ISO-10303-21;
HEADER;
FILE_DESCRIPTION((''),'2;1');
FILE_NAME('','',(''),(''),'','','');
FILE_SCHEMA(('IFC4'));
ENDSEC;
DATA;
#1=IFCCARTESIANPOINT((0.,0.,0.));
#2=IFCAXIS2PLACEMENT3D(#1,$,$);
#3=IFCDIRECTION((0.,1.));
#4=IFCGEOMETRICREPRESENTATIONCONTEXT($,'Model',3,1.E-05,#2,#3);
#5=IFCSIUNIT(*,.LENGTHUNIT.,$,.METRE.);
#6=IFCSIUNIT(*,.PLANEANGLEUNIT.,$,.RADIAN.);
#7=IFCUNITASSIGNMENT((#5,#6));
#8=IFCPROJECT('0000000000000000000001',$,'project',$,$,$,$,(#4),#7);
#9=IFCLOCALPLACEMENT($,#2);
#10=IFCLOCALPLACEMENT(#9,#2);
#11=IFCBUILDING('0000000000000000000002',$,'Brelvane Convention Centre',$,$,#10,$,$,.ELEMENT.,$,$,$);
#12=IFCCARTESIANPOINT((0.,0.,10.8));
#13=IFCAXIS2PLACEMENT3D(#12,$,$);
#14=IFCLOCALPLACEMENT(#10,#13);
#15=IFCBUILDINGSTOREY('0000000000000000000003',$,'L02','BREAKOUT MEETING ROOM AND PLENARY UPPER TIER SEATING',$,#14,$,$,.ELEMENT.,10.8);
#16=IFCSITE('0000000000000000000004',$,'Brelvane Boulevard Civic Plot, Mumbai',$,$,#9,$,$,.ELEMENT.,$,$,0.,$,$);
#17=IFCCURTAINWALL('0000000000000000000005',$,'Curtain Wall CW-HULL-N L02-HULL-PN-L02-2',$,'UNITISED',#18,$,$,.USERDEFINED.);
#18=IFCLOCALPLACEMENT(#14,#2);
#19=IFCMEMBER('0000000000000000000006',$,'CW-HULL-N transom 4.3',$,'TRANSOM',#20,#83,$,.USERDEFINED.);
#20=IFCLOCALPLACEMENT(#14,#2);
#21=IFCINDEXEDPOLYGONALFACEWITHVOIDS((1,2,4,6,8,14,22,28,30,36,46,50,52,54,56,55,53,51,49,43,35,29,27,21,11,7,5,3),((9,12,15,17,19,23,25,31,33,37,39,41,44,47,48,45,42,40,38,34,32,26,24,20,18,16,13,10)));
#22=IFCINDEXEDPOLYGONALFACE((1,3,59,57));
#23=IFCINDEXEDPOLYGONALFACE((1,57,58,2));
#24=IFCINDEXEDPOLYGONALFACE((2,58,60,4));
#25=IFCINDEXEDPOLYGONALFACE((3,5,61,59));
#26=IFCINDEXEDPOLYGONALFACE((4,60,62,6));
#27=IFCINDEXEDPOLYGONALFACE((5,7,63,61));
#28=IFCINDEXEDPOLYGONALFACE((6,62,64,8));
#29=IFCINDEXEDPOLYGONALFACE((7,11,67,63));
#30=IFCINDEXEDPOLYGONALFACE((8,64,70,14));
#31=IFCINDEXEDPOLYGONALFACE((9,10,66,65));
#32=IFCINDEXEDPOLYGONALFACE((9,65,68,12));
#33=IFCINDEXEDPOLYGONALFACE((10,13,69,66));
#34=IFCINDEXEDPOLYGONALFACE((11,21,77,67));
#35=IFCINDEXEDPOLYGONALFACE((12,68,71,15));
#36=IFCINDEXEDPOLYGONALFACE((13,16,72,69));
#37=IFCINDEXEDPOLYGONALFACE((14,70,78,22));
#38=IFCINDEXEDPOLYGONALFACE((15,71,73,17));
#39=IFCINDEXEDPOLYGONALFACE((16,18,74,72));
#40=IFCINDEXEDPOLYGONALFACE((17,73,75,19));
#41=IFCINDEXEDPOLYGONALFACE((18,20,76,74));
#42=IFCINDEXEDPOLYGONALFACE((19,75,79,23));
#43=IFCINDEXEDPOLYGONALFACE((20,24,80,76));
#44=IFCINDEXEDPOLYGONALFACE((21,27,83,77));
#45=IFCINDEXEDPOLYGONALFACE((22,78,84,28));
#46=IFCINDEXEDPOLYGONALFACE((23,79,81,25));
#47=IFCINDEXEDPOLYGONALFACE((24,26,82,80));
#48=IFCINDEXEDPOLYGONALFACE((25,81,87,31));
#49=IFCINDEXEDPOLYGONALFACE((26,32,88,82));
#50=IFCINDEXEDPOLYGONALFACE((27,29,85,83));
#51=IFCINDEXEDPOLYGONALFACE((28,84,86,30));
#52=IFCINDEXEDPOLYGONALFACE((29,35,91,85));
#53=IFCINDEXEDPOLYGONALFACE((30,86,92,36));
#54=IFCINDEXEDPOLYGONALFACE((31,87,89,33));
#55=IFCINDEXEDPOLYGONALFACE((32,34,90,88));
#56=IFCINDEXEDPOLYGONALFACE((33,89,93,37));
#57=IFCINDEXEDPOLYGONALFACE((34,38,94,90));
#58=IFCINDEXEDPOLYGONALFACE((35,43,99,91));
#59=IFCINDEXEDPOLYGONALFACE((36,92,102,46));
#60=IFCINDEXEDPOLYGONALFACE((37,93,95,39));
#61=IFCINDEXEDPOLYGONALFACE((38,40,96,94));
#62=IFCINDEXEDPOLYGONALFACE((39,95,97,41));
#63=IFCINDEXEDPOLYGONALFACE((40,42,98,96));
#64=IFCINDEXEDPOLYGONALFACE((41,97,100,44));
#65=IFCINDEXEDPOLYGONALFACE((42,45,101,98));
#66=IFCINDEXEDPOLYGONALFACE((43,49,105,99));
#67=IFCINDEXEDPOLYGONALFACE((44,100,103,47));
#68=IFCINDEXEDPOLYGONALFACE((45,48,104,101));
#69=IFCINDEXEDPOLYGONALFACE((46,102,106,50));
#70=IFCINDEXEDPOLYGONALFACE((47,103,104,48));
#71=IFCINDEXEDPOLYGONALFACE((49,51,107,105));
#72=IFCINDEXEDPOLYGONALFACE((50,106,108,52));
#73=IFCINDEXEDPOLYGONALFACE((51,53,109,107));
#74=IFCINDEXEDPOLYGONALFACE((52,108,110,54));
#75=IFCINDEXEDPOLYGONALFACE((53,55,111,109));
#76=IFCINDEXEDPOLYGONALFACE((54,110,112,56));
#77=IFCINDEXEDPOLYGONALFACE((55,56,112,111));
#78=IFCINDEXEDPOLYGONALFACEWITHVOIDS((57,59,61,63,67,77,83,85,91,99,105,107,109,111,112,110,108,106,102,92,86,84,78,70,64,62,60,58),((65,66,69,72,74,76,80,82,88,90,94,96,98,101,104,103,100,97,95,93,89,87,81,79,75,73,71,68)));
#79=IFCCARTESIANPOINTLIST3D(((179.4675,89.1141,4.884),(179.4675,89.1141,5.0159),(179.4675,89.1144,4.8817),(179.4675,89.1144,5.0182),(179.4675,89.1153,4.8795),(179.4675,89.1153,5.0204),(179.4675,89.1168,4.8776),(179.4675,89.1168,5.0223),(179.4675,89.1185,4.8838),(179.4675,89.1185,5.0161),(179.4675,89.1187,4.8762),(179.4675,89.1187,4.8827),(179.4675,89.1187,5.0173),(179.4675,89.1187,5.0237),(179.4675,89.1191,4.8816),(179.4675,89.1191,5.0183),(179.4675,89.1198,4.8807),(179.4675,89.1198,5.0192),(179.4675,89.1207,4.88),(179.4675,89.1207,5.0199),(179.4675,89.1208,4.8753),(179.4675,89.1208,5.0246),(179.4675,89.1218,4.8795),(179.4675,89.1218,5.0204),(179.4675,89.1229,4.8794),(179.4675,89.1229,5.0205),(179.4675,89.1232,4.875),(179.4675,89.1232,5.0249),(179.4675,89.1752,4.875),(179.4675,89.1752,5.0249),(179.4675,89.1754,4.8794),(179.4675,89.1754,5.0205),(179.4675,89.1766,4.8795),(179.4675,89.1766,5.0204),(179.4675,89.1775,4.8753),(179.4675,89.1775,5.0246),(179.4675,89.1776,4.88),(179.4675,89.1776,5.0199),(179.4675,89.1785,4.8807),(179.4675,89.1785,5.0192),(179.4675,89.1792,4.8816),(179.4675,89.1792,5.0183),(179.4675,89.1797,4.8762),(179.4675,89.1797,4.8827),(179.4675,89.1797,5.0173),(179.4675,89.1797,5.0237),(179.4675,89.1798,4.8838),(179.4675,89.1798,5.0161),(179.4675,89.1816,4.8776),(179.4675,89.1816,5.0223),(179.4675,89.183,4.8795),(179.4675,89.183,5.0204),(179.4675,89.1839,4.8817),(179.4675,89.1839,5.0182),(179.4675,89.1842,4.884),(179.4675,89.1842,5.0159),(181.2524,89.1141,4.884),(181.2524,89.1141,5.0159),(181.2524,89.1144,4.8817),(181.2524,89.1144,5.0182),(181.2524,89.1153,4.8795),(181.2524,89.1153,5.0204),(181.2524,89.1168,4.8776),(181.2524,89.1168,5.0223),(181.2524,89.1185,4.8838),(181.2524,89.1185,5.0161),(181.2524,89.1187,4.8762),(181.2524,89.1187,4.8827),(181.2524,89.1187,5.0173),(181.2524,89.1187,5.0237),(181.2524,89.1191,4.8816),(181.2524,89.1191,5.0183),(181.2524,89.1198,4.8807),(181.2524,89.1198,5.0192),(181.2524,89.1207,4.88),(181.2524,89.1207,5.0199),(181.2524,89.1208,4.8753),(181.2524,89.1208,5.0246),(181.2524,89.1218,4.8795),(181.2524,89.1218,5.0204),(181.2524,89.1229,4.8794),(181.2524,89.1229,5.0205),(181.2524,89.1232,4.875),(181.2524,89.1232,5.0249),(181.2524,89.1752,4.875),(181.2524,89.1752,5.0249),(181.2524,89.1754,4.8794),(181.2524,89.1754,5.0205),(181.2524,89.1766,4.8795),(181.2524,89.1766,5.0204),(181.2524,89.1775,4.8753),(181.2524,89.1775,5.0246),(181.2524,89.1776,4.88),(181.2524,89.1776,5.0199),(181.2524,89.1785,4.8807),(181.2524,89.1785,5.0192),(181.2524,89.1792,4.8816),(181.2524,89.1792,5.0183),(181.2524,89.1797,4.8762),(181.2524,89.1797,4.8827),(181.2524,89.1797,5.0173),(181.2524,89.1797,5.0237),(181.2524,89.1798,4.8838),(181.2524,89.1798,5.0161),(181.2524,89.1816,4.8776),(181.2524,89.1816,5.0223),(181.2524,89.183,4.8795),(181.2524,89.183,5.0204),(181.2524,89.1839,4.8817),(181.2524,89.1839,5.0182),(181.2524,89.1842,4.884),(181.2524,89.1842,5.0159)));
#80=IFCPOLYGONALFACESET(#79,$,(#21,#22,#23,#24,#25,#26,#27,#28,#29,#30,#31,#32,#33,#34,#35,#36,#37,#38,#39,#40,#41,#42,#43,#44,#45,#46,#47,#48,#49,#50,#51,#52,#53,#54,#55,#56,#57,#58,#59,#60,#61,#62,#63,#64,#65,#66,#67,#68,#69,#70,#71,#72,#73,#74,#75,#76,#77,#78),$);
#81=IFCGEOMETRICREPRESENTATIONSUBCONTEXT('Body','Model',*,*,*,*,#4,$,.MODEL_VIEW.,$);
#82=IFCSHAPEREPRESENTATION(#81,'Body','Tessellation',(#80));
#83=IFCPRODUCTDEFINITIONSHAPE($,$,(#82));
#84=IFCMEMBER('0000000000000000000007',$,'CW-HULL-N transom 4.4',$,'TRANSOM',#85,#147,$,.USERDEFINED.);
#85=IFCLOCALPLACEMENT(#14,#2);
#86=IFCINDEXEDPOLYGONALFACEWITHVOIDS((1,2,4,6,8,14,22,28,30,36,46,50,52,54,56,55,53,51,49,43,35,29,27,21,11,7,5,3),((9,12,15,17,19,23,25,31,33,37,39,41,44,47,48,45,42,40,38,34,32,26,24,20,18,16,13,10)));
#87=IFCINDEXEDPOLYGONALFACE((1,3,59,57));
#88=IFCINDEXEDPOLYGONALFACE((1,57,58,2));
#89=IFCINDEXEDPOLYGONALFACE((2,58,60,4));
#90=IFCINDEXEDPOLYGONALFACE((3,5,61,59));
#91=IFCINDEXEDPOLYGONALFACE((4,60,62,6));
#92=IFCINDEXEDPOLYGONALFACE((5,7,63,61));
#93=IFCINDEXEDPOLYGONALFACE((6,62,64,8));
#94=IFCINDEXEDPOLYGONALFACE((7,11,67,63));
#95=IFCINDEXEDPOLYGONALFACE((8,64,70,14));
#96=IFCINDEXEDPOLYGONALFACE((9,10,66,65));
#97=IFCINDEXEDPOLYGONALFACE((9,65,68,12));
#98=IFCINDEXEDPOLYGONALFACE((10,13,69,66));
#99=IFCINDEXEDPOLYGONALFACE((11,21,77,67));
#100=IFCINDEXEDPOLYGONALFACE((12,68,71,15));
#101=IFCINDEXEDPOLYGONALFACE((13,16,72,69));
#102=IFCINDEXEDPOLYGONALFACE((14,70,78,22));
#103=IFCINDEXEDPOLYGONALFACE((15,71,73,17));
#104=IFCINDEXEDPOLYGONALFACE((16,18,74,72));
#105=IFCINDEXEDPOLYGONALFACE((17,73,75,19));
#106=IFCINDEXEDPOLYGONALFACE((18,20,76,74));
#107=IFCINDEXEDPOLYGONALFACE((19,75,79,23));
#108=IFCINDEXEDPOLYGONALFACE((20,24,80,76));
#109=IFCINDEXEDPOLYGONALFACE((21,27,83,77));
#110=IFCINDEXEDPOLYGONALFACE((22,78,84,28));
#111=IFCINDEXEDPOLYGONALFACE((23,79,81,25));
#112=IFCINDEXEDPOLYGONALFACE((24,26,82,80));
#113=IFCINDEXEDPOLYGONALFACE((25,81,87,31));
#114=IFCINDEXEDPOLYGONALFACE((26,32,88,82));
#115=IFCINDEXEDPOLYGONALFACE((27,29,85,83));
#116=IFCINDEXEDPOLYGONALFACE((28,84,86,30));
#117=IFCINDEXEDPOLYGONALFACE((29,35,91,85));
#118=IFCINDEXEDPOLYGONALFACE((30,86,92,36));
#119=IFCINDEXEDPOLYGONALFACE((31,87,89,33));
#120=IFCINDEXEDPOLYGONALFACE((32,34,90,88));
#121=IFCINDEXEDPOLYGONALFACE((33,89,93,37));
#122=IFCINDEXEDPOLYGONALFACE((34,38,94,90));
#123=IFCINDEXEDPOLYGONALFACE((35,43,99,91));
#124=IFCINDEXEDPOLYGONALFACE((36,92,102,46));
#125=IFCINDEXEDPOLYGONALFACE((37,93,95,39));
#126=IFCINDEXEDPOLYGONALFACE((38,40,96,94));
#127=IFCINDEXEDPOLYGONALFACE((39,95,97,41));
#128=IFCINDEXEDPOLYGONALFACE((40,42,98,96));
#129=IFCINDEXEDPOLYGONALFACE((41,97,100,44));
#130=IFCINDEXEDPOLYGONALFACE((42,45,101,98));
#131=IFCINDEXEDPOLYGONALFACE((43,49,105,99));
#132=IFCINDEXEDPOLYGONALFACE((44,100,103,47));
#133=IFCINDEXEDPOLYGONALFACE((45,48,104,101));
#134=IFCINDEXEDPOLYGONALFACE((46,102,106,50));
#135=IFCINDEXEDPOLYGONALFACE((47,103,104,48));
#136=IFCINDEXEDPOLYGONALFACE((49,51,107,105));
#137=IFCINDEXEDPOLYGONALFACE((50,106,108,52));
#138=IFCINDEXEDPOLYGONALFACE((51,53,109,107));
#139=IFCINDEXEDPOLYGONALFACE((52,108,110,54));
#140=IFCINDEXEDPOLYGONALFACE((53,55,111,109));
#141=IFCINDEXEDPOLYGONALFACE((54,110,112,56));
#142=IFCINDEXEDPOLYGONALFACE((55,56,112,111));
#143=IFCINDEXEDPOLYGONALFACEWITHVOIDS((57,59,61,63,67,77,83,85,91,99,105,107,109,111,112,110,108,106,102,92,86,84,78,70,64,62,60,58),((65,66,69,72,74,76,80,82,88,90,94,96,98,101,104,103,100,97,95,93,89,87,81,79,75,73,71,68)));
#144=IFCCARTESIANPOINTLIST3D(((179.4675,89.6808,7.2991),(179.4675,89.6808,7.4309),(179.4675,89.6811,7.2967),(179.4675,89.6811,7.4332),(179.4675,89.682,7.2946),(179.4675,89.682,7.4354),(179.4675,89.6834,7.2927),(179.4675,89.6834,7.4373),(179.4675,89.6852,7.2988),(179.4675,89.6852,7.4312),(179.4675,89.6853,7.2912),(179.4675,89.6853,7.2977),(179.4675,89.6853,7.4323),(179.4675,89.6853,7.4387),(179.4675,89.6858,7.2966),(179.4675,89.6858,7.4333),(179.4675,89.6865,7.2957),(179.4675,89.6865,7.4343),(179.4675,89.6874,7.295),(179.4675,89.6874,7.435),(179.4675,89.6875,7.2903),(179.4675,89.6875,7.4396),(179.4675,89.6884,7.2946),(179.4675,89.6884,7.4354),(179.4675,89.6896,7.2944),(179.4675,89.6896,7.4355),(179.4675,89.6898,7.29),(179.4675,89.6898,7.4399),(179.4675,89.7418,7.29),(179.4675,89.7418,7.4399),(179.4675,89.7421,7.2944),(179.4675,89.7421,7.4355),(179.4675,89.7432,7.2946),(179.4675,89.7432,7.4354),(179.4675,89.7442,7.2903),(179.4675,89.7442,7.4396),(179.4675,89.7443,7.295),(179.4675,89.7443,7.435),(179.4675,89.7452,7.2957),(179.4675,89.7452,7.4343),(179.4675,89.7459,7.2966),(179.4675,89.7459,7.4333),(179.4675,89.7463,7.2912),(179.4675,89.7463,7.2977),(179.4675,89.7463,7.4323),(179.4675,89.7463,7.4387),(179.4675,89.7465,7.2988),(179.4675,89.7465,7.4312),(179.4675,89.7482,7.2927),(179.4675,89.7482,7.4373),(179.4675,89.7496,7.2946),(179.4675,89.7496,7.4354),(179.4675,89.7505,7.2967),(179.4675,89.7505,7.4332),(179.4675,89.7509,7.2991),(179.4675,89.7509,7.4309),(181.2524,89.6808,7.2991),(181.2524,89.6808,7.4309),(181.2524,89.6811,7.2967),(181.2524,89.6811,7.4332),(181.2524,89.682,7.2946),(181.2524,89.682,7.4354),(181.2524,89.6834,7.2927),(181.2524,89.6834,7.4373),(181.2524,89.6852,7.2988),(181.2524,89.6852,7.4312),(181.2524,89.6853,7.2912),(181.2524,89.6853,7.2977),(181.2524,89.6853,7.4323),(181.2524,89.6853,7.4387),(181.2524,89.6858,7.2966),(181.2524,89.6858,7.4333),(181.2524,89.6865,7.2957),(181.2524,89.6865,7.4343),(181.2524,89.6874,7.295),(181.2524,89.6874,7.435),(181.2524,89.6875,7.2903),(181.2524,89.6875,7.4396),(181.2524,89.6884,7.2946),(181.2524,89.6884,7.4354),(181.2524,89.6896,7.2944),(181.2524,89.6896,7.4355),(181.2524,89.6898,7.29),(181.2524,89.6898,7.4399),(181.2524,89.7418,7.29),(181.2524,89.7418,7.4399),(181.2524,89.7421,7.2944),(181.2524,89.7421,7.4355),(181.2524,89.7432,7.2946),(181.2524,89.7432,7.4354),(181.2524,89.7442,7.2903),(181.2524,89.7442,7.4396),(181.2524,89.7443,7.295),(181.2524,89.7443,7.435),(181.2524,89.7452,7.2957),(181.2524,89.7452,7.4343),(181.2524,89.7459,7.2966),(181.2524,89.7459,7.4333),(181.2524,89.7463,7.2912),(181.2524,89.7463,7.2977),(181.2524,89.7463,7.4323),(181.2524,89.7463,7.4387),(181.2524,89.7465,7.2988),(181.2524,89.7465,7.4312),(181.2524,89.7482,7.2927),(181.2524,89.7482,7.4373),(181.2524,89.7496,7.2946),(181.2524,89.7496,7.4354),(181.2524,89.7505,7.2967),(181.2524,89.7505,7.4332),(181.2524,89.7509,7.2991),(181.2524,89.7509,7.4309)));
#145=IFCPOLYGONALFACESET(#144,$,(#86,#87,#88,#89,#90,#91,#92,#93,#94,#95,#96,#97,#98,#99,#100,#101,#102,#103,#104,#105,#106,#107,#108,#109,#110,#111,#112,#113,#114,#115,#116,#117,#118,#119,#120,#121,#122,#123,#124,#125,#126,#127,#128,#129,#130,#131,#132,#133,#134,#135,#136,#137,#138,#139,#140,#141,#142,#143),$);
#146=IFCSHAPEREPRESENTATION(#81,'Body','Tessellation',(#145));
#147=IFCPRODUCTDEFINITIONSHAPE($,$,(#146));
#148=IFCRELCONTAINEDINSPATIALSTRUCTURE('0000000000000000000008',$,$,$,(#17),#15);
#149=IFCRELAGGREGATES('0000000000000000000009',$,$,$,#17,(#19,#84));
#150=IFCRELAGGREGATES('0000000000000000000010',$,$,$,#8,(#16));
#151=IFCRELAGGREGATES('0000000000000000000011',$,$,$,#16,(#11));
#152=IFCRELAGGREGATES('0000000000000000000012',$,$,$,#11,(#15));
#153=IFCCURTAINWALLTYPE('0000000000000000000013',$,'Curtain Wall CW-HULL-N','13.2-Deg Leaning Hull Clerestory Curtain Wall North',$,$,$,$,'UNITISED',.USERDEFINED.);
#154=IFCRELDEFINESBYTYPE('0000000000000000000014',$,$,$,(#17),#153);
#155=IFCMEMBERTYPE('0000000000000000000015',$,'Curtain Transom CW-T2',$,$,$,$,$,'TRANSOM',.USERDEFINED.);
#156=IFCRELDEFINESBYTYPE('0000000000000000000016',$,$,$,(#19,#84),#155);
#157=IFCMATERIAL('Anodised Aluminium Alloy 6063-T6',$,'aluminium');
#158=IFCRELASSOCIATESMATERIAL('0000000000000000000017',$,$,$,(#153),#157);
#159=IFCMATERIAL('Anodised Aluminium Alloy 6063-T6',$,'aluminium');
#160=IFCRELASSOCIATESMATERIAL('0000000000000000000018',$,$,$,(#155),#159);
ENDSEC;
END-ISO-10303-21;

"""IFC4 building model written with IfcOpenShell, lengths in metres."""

from ifc_helpers import new_model, si_unit, direction, frame, origin, origin_2d, place, context, subcontext, project, spatial, hollow_rectangle, extrude, material, material_profile, profile_set, type_object, element, aggregate, save


model = new_model("IFC4")

# Units and contexts
model_context = context("Model", 3, precision=1e-05, world=origin(), true_north=direction((0.0, 1.0)))
body_context = subcontext(model_context, "Body", "Model", "MODEL_VIEW")
ifc_project = project(units=[si_unit("LENGTHUNIT", "METRE"), si_unit("PLANEANGLEUNIT", "RADIAN")], contexts=[model_context])

# Site, building, storey
site_placement = place(None, origin())
site = spatial("IfcSite", under=ifc_project, at=site_placement, Name="Brelvane Boulevard Civic Plot, Mumbai", CompositionType="ELEMENT", RefElevation=0.0)
building_placement = place(site_placement, origin())
building = spatial("IfcBuilding", under=site, at=building_placement, Name="Brelvane Convention Centre", CompositionType="ELEMENT")
storey_placement = place(building_placement, frame((0.0, 0.0, 10.8)))
storey = spatial("IfcBuildingStorey", under=building, at=storey_placement, Name="L02", Description="BREAKOUT MEETING ROOM AND PLENARY UPPER TIER SEATING", CompositionType="ELEMENT", Elevation=10.8)

# Curtain wall, members
ifc_material_1 = material(Name="Anodised Aluminium Alloy 6063-T6", Category="aluminium")
curtain_wall_type = type_object("IfcCurtainWallType", Name="Curtain Wall CW-HULL-N", Description="13.2-Deg Leaning Hull Clerestory Curtain Wall North", ElementType="UNITISED", PredefinedType="USERDEFINED", material=ifc_material_1)
ifc_material_2 = material(Name="Anodised Aluminium Alloy 6063-T6", Category="aluminium")
ifc_material_profile = material_profile(ifc_material_2, hollow_rectangle(XDim=0.0701, YDim=0.1499, WallThickness=0.0044, InnerFilletRadius=0.0044, OuterFilletRadius=0.009, at=origin_2d()), Name="ALU-T 150x70x4.5")
ifc_profile_set = profile_set([ifc_material_profile], Name="Anodised Aluminium Alloy 6063-T6")
member_type = type_object("IfcMemberType", Name="Curtain Transom CW-T2", ElementType="TRANSOM", PredefinedType="USERDEFINED", material=ifc_profile_set)
curtain_wall_1_placement = place(storey_placement, origin())
curtain_wall_1 = element("IfcCurtainWall", 1, at=curtain_wall_1_placement, inside=storey, type_object=curtain_wall_type, Name="Curtain Wall CW-HULL-N L02-HULL-PN-L02-2", ObjectType="UNITISED", PredefinedType="USERDEFINED")
member_1_placement = place(storey_placement, frame((179.4675, 89.1492, 4.95), z_axis=(1.0, 0.0, 0.0), x_axis=(0.0, 1.0, 0.0)))
member_1 = element("IfcMember", 2, at=member_1_placement, type_object=member_type, Name="CW-HULL-N transom 4.3", ObjectType="TRANSOM", PredefinedType="USERDEFINED", context=body_context, shape_type="SweptSolid", body=[
    extrude(hollow_rectangle(XDim=0.0701, YDim=0.1499, WallThickness=0.0044, InnerFilletRadius=0.0044, OuterFilletRadius=0.009, at=origin_2d()), origin(), (0.0, 0.0, 1.0), 1.7849),
])
member_2_placement = place(storey_placement, frame((179.4675, 89.7158, 7.365), z_axis=(1.0, 0.0, 0.0), x_axis=(0.0, 1.0, 0.0)))
member_2 = element("IfcMember", 3, at=member_2_placement, type_object=member_type, Name="CW-HULL-N transom 4.4", ObjectType="TRANSOM", PredefinedType="USERDEFINED", context=body_context, shape_type="SweptSolid", body=[
    extrude(hollow_rectangle(XDim=0.0701, YDim=0.1499, WallThickness=0.0044, InnerFilletRadius=0.0044, OuterFilletRadius=0.009, at=origin_2d()), origin(), (0.0, 0.0, 1.0), 1.7849),
])

aggregate(curtain_wall_1, [member_1, member_2])

save(model, "model.ifc")
